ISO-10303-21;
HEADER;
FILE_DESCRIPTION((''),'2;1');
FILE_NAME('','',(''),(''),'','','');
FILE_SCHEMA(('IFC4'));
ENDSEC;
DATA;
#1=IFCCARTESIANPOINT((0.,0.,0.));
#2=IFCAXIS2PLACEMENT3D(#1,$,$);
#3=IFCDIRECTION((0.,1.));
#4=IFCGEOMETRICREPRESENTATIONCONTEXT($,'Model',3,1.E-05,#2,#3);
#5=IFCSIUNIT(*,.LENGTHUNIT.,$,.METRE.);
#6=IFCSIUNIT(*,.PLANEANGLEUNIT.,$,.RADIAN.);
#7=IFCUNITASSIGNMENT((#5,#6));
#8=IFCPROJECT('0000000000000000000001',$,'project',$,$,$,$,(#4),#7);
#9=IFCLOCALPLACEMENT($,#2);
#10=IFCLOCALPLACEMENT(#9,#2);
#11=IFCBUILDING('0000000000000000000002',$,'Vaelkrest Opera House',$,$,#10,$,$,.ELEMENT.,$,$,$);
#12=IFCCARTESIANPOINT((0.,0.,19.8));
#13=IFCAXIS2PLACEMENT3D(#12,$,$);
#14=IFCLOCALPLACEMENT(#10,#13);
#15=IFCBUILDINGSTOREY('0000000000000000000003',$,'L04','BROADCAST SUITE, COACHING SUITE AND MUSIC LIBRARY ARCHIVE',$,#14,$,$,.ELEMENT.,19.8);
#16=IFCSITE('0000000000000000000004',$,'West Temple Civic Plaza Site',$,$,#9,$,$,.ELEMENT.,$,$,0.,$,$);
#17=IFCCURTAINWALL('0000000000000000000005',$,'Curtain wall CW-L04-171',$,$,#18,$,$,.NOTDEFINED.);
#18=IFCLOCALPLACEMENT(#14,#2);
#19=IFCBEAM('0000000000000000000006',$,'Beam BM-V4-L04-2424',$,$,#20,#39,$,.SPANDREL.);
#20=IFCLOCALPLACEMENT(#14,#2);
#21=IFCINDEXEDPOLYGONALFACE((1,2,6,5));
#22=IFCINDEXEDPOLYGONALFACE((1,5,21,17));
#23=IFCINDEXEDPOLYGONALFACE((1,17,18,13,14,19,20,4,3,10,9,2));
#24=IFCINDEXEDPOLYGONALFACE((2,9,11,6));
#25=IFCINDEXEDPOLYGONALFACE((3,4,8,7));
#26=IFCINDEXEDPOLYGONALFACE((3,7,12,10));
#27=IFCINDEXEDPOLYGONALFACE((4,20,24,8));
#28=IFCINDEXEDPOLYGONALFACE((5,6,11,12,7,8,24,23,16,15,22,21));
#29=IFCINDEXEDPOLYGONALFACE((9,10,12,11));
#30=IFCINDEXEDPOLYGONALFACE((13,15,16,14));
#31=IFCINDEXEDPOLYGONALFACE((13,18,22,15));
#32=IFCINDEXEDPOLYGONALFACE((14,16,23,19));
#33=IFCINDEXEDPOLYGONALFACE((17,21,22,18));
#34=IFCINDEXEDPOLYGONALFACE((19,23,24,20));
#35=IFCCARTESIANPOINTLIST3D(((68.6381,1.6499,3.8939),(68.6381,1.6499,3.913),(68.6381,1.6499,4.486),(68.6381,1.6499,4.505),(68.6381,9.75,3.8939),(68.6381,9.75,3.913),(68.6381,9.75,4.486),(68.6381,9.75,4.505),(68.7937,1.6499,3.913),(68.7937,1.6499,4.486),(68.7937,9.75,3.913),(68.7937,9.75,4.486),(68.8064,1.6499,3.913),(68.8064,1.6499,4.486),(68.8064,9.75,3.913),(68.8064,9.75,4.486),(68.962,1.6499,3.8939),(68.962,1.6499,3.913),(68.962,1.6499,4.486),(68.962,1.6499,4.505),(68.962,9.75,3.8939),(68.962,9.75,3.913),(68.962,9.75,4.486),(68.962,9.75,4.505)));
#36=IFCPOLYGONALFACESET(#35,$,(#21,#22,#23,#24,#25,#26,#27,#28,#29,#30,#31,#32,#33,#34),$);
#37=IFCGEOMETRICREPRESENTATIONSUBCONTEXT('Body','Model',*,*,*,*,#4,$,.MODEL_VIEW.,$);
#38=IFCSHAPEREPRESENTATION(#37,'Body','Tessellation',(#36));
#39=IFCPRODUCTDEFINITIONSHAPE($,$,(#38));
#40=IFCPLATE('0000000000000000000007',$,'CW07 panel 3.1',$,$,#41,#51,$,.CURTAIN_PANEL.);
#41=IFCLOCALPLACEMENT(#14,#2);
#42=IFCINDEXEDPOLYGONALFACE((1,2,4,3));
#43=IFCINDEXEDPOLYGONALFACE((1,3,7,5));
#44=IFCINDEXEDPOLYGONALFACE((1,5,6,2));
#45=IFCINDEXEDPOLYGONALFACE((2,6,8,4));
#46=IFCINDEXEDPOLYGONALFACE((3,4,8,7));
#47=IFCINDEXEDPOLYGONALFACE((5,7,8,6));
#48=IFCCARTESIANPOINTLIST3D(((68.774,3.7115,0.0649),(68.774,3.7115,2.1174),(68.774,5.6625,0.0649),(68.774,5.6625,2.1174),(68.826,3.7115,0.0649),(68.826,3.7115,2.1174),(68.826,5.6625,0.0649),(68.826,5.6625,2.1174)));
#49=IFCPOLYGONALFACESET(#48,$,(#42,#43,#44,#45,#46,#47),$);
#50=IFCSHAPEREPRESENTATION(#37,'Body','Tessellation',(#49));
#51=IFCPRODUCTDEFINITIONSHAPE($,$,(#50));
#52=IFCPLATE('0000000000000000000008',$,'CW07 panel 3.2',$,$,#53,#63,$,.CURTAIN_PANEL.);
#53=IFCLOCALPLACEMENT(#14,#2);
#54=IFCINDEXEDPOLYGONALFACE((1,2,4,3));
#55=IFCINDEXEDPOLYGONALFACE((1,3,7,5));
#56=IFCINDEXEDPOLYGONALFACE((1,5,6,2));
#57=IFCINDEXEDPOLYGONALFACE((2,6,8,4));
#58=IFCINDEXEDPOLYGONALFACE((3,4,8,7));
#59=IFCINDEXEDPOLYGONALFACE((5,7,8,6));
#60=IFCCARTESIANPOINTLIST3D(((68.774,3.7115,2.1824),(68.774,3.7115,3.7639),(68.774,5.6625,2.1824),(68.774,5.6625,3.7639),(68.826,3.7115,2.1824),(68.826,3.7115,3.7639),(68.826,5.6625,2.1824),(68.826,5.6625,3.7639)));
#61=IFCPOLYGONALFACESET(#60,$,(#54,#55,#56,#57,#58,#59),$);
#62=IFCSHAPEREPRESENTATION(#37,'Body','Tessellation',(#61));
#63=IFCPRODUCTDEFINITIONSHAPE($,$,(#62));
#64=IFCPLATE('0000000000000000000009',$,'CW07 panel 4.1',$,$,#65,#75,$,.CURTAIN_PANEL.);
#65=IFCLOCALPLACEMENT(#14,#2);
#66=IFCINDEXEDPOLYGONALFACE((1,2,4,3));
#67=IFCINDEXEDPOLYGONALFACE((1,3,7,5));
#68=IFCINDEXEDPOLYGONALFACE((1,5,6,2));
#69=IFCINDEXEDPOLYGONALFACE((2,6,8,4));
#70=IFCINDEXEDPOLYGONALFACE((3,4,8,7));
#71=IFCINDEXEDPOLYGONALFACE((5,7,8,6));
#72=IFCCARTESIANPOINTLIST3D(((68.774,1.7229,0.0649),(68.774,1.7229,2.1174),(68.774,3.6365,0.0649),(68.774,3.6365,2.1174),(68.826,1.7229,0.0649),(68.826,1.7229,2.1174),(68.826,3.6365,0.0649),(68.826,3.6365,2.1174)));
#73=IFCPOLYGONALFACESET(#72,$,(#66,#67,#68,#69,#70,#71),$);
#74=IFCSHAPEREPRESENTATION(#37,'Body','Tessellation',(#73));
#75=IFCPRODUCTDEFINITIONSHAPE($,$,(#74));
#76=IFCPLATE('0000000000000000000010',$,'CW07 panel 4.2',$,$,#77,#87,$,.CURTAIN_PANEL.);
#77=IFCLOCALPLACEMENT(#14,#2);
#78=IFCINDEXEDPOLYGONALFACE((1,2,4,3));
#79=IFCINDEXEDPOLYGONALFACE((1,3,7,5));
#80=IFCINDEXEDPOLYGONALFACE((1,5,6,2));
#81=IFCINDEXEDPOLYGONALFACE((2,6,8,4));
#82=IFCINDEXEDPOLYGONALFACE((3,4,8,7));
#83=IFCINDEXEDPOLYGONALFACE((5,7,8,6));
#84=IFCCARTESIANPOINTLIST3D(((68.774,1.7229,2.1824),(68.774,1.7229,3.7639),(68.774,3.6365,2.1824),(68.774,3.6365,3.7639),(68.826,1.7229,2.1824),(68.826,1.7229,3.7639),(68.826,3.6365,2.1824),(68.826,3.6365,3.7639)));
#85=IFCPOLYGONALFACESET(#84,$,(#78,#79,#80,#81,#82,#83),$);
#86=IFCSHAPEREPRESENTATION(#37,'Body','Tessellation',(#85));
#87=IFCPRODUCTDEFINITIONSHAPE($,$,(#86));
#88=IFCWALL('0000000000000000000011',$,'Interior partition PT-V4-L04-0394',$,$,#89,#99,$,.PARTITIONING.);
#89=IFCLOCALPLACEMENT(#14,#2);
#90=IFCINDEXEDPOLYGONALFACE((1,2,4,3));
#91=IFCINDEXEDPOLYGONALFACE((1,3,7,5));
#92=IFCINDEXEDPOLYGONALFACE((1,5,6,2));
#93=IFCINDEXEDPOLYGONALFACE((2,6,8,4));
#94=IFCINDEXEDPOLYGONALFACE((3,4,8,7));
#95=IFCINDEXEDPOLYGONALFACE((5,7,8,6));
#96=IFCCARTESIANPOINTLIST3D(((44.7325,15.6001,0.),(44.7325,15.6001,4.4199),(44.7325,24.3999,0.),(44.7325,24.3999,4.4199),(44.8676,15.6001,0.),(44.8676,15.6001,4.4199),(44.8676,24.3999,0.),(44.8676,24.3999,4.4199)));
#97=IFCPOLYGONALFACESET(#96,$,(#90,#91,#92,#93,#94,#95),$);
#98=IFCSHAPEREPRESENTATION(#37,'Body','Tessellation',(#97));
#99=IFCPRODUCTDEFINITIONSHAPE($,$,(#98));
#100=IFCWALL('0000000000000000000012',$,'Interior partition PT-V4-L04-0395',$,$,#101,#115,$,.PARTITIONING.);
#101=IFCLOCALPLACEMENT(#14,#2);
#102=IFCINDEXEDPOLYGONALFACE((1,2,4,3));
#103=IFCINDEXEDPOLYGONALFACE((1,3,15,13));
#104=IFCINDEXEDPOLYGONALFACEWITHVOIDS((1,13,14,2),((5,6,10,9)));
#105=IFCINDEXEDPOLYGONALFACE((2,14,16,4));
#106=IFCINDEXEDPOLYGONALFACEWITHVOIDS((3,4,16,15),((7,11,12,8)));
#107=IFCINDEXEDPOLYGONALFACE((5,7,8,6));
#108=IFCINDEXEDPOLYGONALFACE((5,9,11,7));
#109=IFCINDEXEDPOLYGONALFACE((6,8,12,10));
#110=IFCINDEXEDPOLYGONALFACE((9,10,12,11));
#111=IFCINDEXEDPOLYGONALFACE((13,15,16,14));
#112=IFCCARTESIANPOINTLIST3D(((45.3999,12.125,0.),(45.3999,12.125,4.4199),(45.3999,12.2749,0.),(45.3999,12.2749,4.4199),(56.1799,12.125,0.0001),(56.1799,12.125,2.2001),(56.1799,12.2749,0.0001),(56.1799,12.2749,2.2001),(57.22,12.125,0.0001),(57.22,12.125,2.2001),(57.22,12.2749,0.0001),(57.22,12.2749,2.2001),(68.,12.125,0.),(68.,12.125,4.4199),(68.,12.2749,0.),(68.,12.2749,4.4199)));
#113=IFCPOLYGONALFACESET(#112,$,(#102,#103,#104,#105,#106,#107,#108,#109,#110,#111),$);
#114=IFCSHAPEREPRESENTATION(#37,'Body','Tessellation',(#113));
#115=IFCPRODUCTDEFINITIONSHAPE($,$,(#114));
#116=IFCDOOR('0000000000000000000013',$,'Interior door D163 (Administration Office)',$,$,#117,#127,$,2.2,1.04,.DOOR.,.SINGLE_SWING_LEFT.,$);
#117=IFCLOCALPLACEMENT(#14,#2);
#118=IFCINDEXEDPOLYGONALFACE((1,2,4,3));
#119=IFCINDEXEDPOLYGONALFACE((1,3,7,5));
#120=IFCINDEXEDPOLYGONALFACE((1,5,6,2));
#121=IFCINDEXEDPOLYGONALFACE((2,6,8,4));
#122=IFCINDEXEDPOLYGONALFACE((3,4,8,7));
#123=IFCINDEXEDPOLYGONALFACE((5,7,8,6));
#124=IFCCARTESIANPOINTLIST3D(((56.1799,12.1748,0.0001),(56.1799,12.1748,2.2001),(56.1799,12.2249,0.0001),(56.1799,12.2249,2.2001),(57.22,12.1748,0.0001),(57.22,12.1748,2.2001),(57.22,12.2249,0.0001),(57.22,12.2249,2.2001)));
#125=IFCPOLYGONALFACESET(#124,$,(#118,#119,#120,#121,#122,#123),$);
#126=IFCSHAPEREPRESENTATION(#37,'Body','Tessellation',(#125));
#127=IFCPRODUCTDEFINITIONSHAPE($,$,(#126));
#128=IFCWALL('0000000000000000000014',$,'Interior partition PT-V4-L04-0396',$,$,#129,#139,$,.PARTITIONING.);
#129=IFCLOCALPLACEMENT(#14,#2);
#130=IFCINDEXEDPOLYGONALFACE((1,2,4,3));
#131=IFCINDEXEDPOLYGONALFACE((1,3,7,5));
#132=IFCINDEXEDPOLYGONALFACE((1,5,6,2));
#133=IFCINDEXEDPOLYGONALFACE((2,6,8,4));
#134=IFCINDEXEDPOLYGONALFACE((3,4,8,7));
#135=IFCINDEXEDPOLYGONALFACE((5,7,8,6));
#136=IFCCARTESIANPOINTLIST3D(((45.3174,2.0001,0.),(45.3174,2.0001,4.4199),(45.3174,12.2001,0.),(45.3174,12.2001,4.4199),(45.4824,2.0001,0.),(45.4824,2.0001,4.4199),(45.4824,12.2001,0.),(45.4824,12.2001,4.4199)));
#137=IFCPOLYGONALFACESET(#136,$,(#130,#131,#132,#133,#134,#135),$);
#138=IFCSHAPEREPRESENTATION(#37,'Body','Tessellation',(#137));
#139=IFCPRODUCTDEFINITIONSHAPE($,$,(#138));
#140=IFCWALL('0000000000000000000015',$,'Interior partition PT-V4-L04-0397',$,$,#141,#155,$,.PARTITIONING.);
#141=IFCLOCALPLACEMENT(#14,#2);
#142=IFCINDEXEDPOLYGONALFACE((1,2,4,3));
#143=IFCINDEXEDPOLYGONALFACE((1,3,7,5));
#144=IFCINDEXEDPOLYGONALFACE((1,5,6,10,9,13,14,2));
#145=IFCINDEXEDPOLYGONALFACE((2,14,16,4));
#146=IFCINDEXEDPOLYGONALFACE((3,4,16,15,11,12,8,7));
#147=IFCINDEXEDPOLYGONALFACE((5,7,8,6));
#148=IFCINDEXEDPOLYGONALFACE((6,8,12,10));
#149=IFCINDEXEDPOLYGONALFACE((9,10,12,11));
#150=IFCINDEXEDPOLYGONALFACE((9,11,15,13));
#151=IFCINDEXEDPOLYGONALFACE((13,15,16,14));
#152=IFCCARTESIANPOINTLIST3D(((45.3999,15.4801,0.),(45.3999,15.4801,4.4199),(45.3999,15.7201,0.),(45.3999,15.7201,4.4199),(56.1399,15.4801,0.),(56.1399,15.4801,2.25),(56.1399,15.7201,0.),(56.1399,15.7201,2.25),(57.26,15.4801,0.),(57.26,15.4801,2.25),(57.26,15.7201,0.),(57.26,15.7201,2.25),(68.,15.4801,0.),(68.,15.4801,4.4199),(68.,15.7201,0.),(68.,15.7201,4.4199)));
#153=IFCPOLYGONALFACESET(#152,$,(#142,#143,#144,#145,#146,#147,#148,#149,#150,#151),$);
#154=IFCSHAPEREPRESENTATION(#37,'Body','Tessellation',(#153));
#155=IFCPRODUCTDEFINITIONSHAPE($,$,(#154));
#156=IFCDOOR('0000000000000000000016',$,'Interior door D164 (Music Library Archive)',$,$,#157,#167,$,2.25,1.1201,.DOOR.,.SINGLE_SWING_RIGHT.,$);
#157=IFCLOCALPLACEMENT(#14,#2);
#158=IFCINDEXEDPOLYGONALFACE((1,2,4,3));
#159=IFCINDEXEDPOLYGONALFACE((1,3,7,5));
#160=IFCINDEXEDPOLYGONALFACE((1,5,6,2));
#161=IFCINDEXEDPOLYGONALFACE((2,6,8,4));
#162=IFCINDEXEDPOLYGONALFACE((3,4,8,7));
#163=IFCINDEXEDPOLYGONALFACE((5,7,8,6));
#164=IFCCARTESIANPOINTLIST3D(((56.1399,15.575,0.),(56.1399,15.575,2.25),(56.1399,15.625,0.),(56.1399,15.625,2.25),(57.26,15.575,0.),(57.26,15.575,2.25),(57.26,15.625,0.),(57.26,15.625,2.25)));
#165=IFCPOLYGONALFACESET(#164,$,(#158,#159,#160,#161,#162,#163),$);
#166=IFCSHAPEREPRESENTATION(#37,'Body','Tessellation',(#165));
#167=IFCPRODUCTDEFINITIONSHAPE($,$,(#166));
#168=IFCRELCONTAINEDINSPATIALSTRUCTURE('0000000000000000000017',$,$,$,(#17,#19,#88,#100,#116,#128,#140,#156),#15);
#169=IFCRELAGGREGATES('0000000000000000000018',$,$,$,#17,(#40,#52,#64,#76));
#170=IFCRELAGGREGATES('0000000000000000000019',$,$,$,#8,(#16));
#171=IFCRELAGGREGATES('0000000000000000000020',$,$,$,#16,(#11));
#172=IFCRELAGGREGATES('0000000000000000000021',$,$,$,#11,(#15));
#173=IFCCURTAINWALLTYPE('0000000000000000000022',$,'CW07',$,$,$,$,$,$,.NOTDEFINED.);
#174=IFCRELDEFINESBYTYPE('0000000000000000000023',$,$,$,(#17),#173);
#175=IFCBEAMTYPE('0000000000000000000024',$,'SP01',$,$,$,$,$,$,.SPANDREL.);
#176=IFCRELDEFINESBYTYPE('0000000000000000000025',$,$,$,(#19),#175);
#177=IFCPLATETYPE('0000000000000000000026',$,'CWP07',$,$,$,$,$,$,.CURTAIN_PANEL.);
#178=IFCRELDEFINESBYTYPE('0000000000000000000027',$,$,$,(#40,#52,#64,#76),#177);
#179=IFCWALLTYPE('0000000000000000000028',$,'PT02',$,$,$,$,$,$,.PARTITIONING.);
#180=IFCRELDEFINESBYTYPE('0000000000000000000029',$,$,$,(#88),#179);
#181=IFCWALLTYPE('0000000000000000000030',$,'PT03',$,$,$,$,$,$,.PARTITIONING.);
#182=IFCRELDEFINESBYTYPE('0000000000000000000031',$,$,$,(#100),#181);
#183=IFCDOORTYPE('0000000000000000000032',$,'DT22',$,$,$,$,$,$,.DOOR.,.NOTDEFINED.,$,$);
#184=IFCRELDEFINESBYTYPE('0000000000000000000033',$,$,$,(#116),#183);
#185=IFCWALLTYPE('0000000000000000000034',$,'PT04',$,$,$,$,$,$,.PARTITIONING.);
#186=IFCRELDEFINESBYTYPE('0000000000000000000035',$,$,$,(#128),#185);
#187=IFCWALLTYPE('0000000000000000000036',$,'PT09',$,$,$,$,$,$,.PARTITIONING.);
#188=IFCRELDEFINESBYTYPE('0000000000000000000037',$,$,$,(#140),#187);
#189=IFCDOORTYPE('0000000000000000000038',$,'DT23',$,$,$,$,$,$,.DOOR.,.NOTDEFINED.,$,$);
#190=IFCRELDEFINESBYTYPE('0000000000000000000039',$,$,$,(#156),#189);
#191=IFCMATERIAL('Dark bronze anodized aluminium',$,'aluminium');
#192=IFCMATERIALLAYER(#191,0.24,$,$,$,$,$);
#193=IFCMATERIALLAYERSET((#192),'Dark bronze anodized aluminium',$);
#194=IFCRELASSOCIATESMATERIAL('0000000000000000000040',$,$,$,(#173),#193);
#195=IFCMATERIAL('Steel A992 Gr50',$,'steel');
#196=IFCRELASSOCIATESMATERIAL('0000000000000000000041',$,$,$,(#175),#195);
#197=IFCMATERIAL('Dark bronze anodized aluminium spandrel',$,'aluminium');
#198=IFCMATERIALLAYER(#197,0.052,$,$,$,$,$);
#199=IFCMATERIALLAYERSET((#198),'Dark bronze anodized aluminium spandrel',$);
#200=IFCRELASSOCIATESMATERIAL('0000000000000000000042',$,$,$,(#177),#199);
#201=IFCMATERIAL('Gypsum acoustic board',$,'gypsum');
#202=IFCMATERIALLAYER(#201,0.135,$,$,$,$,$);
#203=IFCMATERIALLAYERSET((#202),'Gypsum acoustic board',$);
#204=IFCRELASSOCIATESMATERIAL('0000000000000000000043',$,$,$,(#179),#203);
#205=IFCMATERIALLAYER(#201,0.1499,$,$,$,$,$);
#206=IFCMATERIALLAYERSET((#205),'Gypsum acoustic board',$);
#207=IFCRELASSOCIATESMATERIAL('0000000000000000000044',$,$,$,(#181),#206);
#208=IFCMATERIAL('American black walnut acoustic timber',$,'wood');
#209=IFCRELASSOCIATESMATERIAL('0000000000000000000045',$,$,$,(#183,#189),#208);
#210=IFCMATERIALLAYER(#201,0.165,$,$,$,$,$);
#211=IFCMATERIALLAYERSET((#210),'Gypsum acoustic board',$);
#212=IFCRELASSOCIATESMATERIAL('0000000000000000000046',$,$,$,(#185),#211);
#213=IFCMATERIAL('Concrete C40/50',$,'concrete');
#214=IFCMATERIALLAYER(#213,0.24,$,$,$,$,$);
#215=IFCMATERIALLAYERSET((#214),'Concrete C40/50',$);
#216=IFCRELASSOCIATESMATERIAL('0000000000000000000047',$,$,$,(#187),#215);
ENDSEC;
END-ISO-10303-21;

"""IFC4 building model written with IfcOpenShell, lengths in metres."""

from ifc_helpers import new_model, si_unit, direction, frame, frame_2d, origin, origin_2d, place, context, subcontext, project, spatial, rectangle, i_section, extrude, material, layer, layer_set, material_profile, profile_set, type_object, element, fill, aggregate, save


model = new_model("IFC4")

# Units and contexts
model_context = context("Model", 3, precision=1e-05, world=origin(), true_north=direction((0.0, 1.0)))
body_context = subcontext(model_context, "Body", "Model", "MODEL_VIEW")
ifc_project = project(units=[si_unit("LENGTHUNIT", "METRE"), si_unit("PLANEANGLEUNIT", "RADIAN")], contexts=[model_context])

# Site, building, storey
site_placement = place(None, origin())
site = spatial("IfcSite", under=ifc_project, at=site_placement, Name="West Temple Civic Plaza Site", CompositionType="ELEMENT", RefElevation=0.0)
building_placement = place(site_placement, origin())
building = spatial("IfcBuilding", under=site, at=building_placement, Name="Vaelkrest Opera House", CompositionType="ELEMENT")
storey_placement = place(building_placement, frame((0.0, 0.0, 19.8)))
storey = spatial("IfcBuildingStorey", under=building, at=storey_placement, Name="L04", Description="BROADCAST SUITE, COACHING SUITE AND MUSIC LIBRARY ARCHIVE", CompositionType="ELEMENT", Elevation=19.8)

# Shared definitions
ifc_material_1 = material(Name="Steel A992 Gr50", Category="steel")

# Curtain wall
ifc_material_2 = material(Name="Dark bronze anodized aluminium", Category="aluminium")
ifc_layer_1 = layer(ifc_material_2, 0.24)
ifc_layer_set_1 = layer_set([ifc_layer_1], Name="Dark bronze anodized aluminium")
curtain_wall_type = type_object("IfcCurtainWallType", Name="CW07", PredefinedType="NOTDEFINED", material=ifc_layer_set_1)
curtain_wall_placement = place(storey_placement, origin())
curtain_wall = element("IfcCurtainWall", 1, at=curtain_wall_placement, inside=storey, type_object=curtain_wall_type, Name="Curtain wall CW-L04-171", PredefinedType="NOTDEFINED")

# Beam
ifc_material_profile_1 = material_profile(ifc_material_1, i_section(OverallWidth=0.324, OverallDepth=0.6111, WebThickness=0.0127, FlangeThickness=0.019, at=origin_2d()), Name="W24X104")
ifc_profile_set_1 = profile_set([ifc_material_profile_1], Name="Steel A992 Gr50")
beam_type_1 = type_object("IfcBeamType", Name="SP01", PredefinedType="SPANDREL", material=ifc_profile_set_1)
beam_1_placement = place(storey_placement, frame((68.8, 1.6499, 4.1995), z_axis=(0.0, 1.0, 0.0), x_axis=(-1.0, 0.0, 0.0)))
element("IfcBeam", 2, at=beam_1_placement, inside=storey, type_object=beam_type_1, Name="Beam BM-V4-L04-2424", PredefinedType="SPANDREL", context=body_context, shape_type="SweptSolid", body=[
    extrude(i_section(OverallWidth=0.324, OverallDepth=0.6111, WebThickness=0.0127, FlangeThickness=0.019, at=origin_2d()), origin(), (0.0, 0.0, 1.0), 8.1001),
])

# Plates
ifc_material_3 = material(Name="Dark bronze anodized aluminium spandrel", Category="aluminium")
ifc_layer_2 = layer(ifc_material_3, 0.052)
ifc_layer_set_2 = layer_set([ifc_layer_2], Name="Dark bronze anodized aluminium spandrel")
plate_type = type_object("IfcPlateType", Name="CWP07", PredefinedType="CURTAIN_PANEL", material=ifc_layer_set_2)
plate_1_placement = place(storey_placement, frame((68.8, 4.687, 0.0649), z_axis=(0.0, 0.0, 1.0), x_axis=(0.0, -1.0, 0.0)))
plate_1 = element("IfcPlate", 3, at=plate_1_placement, type_object=plate_type, Name="CW07 panel 3.1", PredefinedType="CURTAIN_PANEL", context=body_context, shape_type="SweptSolid", body=[
    extrude(rectangle(XDim=1.9509, YDim=0.052, at=origin_2d()), origin(), (0.0, 0.0, 1.0), 2.0525),
])
plate_2_placement = place(storey_placement, frame((68.8, 4.687, 2.1824), z_axis=(0.0, 0.0, 1.0), x_axis=(0.0, -1.0, 0.0)))
plate_2 = element("IfcPlate", 4, at=plate_2_placement, type_object=plate_type, Name="CW07 panel 3.2", PredefinedType="CURTAIN_PANEL", context=body_context, shape_type="SweptSolid", body=[
    extrude(rectangle(XDim=1.9509, YDim=0.052, at=origin_2d()), origin(), (0.0, 0.0, 1.0), 1.5815),
])
plate_3_placement = place(storey_placement, frame((68.8, 2.6797, 0.0649), z_axis=(0.0, 0.0, 1.0), x_axis=(0.0, -1.0, 0.0)))
plate_3 = element("IfcPlate", 5, at=plate_3_placement, type_object=plate_type, Name="CW07 panel 4.1", PredefinedType="CURTAIN_PANEL", context=body_context, shape_type="SweptSolid", body=[
    extrude(rectangle(XDim=1.9136, YDim=0.052, at=origin_2d()), origin(), (0.0, 0.0, 1.0), 2.0525),
])
plate_4_placement = place(storey_placement, frame((68.8, 2.6797, 2.1824), z_axis=(0.0, 0.0, 1.0), x_axis=(0.0, -1.0, 0.0)))
plate_4 = element("IfcPlate", 6, at=plate_4_placement, type_object=plate_type, Name="CW07 panel 4.2", PredefinedType="CURTAIN_PANEL", context=body_context, shape_type="SweptSolid", body=[
    extrude(rectangle(XDim=1.9136, YDim=0.052, at=origin_2d()), origin(), (0.0, 0.0, 1.0), 1.5815),
])
aggregate(curtain_wall, [plate_1, plate_2, plate_3, plate_4])

# Wall
ifc_material_4 = material(Name="Gypsum acoustic board", Category="gypsum")
ifc_layer_3 = layer(ifc_material_4, 0.135)
ifc_layer_set_3 = layer_set([ifc_layer_3], Name="Gypsum acoustic board")
wall_type_1 = type_object("IfcWallType", Name="PT02", PredefinedType="PARTITIONING", material=ifc_layer_set_3)
wall_1_placement = place(storey_placement, frame((44.8, 15.6001, 0.0), z_axis=(0.0, 0.0, 1.0), x_axis=(0.0, 1.0, 0.0)))
element("IfcWall", 7, at=wall_1_placement, inside=storey, type_object=wall_type_1, Name="Interior partition PT-V4-L04-0394", PredefinedType="PARTITIONING", context=body_context, shape_type="SweptSolid", body=[
    extrude(rectangle(XDim=8.7998, YDim=0.135, at=frame_2d((4.3999, 0.0))), origin(), (0.0, 0.0, 1.0), 4.4199),
])

# Wall, opening, door
ifc_layer_4 = layer(ifc_material_4, 0.1499)
ifc_layer_set_4 = layer_set([ifc_layer_4], Name="Gypsum acoustic board")
wall_type_2 = type_object("IfcWallType", Name="PT03", PredefinedType="PARTITIONING", material=ifc_layer_set_4)
wall_2_placement = place(storey_placement, frame((45.3999, 12.2, 0.0), z_axis=(0.0, 0.0, 1.0), x_axis=(1.0, 0.0, 0.0)))
wall_2 = element("IfcWall", 8, at=wall_2_placement, inside=storey, type_object=wall_type_2, Name="Interior partition PT-V4-L04-0395", PredefinedType="PARTITIONING", context=body_context, shape_type="SweptSolid", body=[
    extrude(rectangle(XDim=22.6001, YDim=0.1499, at=frame_2d((11.3, 0.0))), origin(), (0.0, 0.0, 1.0), 4.4199),
])
opening_1_placement = place(wall_2_placement, frame((10.78, 0.0, 0.0)))
opening_1 = element("IfcOpeningElement", 9, at=opening_1_placement, cuts=wall_2, PredefinedType="OPENING", context=body_context, shape_type="SweptSolid", body=[
    extrude(rectangle(XDim=1.04, YDim=2.2, at=frame_2d((0.52, 1.1001))), frame((0.0, 0.085, 0.0), z_axis=(0.0, -1.0, 0.0), x_axis=(1.0, 0.0, 0.0)), (0.0, 0.0, 1.0), 0.1699),
])
ifc_material_5 = material(Name="American black walnut acoustic timber", Category="wood")
door_type_1 = type_object("IfcDoorType", Name="DT22", OperationType="NOTDEFINED", PredefinedType="DOOR", material=ifc_material_5)
door_1_placement = place(opening_1_placement, origin())
door_1 = element("IfcDoor", 10, at=door_1_placement, inside=storey, type_object=door_type_1, Name="Interior door D163 (Administration Office)", OperationType="SINGLE_SWING_LEFT", OverallHeight=2.2, OverallWidth=1.04, PredefinedType="DOOR", context=body_context, shape_type="SweptSolid", body=[
    extrude(rectangle(XDim=1.04, YDim=2.2, at=frame_2d((0.52, 1.1001))), frame((0.0, 0.0249, 0.0), z_axis=(0.0, -1.0, 0.0), x_axis=(1.0, 0.0, 0.0)), (0.0, 0.0, 1.0), 0.05),
])
fill(opening_1, door_1)

# Wall
ifc_layer_5 = layer(ifc_material_4, 0.165)
ifc_layer_set_5 = layer_set([ifc_layer_5], Name="Gypsum acoustic board")
wall_type_3 = type_object("IfcWallType", Name="PT04", PredefinedType="PARTITIONING", material=ifc_layer_set_5)
wall_3_placement = place(storey_placement, frame((45.3999, 2.0, 0.0), z_axis=(0.0, 0.0, 1.0), x_axis=(0.0, 1.0, 0.0)))
element("IfcWall", 11, at=wall_3_placement, inside=storey, type_object=wall_type_3, Name="Interior partition PT-V4-L04-0396", PredefinedType="PARTITIONING", context=body_context, shape_type="SweptSolid", body=[
    extrude(rectangle(XDim=10.2, YDim=0.165, at=frame_2d((5.1001, 0.0))), origin(), (0.0, 0.0, 1.0), 4.4199),
])

# Wall, opening, door
ifc_material_6 = material(Name="Concrete C40/50", Category="concrete")
ifc_layer_6 = layer(ifc_material_6, 0.24)
ifc_layer_set_6 = layer_set([ifc_layer_6], Name="Concrete C40/50")
wall_type_4 = type_object("IfcWallType", Name="PT09", PredefinedType="PARTITIONING", material=ifc_layer_set_6)
wall_4_placement = place(storey_placement, frame((45.3999, 15.6001, 0.0), z_axis=(0.0, 0.0, 1.0), x_axis=(1.0, 0.0, 0.0)))
wall_4 = element("IfcWall", 12, at=wall_4_placement, inside=storey, type_object=wall_type_4, Name="Interior partition PT-V4-L04-0397", PredefinedType="PARTITIONING", context=body_context, shape_type="SweptSolid", body=[
    extrude(rectangle(XDim=22.6001, YDim=0.24, at=frame_2d((11.3, 0.0))), origin(), (0.0, 0.0, 1.0), 4.4199),
])
opening_2_placement = place(wall_4_placement, frame((10.74, 0.0, 0.0)))
opening_2 = element("IfcOpeningElement", 13, at=opening_2_placement, cuts=wall_4, PredefinedType="OPENING", context=body_context, shape_type="SweptSolid", body=[
    extrude(rectangle(XDim=1.1201, YDim=2.25, at=frame_2d((0.5601, 1.125))), frame((0.0, 0.1299, 0.0), z_axis=(0.0, -1.0, 0.0), x_axis=(1.0, 0.0, 0.0)), (0.0, 0.0, 1.0), 0.26),
])
door_type_2 = type_object("IfcDoorType", Name="DT23", OperationType="NOTDEFINED", PredefinedType="DOOR", material=ifc_material_5)
door_2_placement = place(opening_2_placement, origin())
door_2 = element("IfcDoor", 14, at=door_2_placement, inside=storey, type_object=door_type_2, Name="Interior door D164 (Music Library Archive)", OperationType="SINGLE_SWING_RIGHT", OverallHeight=2.25, OverallWidth=1.1201, PredefinedType="DOOR", context=body_context, shape_type="SweptSolid", body=[
    extrude(rectangle(XDim=1.1201, YDim=2.25, at=frame_2d((0.5601, 1.125))), frame((0.0, 0.0249, 0.0), z_axis=(0.0, -1.0, 0.0), x_axis=(1.0, 0.0, 0.0)), (0.0, 0.0, 1.0), 0.05),
])
fill(opening_2, door_2)

save(model, "model.ifc")
